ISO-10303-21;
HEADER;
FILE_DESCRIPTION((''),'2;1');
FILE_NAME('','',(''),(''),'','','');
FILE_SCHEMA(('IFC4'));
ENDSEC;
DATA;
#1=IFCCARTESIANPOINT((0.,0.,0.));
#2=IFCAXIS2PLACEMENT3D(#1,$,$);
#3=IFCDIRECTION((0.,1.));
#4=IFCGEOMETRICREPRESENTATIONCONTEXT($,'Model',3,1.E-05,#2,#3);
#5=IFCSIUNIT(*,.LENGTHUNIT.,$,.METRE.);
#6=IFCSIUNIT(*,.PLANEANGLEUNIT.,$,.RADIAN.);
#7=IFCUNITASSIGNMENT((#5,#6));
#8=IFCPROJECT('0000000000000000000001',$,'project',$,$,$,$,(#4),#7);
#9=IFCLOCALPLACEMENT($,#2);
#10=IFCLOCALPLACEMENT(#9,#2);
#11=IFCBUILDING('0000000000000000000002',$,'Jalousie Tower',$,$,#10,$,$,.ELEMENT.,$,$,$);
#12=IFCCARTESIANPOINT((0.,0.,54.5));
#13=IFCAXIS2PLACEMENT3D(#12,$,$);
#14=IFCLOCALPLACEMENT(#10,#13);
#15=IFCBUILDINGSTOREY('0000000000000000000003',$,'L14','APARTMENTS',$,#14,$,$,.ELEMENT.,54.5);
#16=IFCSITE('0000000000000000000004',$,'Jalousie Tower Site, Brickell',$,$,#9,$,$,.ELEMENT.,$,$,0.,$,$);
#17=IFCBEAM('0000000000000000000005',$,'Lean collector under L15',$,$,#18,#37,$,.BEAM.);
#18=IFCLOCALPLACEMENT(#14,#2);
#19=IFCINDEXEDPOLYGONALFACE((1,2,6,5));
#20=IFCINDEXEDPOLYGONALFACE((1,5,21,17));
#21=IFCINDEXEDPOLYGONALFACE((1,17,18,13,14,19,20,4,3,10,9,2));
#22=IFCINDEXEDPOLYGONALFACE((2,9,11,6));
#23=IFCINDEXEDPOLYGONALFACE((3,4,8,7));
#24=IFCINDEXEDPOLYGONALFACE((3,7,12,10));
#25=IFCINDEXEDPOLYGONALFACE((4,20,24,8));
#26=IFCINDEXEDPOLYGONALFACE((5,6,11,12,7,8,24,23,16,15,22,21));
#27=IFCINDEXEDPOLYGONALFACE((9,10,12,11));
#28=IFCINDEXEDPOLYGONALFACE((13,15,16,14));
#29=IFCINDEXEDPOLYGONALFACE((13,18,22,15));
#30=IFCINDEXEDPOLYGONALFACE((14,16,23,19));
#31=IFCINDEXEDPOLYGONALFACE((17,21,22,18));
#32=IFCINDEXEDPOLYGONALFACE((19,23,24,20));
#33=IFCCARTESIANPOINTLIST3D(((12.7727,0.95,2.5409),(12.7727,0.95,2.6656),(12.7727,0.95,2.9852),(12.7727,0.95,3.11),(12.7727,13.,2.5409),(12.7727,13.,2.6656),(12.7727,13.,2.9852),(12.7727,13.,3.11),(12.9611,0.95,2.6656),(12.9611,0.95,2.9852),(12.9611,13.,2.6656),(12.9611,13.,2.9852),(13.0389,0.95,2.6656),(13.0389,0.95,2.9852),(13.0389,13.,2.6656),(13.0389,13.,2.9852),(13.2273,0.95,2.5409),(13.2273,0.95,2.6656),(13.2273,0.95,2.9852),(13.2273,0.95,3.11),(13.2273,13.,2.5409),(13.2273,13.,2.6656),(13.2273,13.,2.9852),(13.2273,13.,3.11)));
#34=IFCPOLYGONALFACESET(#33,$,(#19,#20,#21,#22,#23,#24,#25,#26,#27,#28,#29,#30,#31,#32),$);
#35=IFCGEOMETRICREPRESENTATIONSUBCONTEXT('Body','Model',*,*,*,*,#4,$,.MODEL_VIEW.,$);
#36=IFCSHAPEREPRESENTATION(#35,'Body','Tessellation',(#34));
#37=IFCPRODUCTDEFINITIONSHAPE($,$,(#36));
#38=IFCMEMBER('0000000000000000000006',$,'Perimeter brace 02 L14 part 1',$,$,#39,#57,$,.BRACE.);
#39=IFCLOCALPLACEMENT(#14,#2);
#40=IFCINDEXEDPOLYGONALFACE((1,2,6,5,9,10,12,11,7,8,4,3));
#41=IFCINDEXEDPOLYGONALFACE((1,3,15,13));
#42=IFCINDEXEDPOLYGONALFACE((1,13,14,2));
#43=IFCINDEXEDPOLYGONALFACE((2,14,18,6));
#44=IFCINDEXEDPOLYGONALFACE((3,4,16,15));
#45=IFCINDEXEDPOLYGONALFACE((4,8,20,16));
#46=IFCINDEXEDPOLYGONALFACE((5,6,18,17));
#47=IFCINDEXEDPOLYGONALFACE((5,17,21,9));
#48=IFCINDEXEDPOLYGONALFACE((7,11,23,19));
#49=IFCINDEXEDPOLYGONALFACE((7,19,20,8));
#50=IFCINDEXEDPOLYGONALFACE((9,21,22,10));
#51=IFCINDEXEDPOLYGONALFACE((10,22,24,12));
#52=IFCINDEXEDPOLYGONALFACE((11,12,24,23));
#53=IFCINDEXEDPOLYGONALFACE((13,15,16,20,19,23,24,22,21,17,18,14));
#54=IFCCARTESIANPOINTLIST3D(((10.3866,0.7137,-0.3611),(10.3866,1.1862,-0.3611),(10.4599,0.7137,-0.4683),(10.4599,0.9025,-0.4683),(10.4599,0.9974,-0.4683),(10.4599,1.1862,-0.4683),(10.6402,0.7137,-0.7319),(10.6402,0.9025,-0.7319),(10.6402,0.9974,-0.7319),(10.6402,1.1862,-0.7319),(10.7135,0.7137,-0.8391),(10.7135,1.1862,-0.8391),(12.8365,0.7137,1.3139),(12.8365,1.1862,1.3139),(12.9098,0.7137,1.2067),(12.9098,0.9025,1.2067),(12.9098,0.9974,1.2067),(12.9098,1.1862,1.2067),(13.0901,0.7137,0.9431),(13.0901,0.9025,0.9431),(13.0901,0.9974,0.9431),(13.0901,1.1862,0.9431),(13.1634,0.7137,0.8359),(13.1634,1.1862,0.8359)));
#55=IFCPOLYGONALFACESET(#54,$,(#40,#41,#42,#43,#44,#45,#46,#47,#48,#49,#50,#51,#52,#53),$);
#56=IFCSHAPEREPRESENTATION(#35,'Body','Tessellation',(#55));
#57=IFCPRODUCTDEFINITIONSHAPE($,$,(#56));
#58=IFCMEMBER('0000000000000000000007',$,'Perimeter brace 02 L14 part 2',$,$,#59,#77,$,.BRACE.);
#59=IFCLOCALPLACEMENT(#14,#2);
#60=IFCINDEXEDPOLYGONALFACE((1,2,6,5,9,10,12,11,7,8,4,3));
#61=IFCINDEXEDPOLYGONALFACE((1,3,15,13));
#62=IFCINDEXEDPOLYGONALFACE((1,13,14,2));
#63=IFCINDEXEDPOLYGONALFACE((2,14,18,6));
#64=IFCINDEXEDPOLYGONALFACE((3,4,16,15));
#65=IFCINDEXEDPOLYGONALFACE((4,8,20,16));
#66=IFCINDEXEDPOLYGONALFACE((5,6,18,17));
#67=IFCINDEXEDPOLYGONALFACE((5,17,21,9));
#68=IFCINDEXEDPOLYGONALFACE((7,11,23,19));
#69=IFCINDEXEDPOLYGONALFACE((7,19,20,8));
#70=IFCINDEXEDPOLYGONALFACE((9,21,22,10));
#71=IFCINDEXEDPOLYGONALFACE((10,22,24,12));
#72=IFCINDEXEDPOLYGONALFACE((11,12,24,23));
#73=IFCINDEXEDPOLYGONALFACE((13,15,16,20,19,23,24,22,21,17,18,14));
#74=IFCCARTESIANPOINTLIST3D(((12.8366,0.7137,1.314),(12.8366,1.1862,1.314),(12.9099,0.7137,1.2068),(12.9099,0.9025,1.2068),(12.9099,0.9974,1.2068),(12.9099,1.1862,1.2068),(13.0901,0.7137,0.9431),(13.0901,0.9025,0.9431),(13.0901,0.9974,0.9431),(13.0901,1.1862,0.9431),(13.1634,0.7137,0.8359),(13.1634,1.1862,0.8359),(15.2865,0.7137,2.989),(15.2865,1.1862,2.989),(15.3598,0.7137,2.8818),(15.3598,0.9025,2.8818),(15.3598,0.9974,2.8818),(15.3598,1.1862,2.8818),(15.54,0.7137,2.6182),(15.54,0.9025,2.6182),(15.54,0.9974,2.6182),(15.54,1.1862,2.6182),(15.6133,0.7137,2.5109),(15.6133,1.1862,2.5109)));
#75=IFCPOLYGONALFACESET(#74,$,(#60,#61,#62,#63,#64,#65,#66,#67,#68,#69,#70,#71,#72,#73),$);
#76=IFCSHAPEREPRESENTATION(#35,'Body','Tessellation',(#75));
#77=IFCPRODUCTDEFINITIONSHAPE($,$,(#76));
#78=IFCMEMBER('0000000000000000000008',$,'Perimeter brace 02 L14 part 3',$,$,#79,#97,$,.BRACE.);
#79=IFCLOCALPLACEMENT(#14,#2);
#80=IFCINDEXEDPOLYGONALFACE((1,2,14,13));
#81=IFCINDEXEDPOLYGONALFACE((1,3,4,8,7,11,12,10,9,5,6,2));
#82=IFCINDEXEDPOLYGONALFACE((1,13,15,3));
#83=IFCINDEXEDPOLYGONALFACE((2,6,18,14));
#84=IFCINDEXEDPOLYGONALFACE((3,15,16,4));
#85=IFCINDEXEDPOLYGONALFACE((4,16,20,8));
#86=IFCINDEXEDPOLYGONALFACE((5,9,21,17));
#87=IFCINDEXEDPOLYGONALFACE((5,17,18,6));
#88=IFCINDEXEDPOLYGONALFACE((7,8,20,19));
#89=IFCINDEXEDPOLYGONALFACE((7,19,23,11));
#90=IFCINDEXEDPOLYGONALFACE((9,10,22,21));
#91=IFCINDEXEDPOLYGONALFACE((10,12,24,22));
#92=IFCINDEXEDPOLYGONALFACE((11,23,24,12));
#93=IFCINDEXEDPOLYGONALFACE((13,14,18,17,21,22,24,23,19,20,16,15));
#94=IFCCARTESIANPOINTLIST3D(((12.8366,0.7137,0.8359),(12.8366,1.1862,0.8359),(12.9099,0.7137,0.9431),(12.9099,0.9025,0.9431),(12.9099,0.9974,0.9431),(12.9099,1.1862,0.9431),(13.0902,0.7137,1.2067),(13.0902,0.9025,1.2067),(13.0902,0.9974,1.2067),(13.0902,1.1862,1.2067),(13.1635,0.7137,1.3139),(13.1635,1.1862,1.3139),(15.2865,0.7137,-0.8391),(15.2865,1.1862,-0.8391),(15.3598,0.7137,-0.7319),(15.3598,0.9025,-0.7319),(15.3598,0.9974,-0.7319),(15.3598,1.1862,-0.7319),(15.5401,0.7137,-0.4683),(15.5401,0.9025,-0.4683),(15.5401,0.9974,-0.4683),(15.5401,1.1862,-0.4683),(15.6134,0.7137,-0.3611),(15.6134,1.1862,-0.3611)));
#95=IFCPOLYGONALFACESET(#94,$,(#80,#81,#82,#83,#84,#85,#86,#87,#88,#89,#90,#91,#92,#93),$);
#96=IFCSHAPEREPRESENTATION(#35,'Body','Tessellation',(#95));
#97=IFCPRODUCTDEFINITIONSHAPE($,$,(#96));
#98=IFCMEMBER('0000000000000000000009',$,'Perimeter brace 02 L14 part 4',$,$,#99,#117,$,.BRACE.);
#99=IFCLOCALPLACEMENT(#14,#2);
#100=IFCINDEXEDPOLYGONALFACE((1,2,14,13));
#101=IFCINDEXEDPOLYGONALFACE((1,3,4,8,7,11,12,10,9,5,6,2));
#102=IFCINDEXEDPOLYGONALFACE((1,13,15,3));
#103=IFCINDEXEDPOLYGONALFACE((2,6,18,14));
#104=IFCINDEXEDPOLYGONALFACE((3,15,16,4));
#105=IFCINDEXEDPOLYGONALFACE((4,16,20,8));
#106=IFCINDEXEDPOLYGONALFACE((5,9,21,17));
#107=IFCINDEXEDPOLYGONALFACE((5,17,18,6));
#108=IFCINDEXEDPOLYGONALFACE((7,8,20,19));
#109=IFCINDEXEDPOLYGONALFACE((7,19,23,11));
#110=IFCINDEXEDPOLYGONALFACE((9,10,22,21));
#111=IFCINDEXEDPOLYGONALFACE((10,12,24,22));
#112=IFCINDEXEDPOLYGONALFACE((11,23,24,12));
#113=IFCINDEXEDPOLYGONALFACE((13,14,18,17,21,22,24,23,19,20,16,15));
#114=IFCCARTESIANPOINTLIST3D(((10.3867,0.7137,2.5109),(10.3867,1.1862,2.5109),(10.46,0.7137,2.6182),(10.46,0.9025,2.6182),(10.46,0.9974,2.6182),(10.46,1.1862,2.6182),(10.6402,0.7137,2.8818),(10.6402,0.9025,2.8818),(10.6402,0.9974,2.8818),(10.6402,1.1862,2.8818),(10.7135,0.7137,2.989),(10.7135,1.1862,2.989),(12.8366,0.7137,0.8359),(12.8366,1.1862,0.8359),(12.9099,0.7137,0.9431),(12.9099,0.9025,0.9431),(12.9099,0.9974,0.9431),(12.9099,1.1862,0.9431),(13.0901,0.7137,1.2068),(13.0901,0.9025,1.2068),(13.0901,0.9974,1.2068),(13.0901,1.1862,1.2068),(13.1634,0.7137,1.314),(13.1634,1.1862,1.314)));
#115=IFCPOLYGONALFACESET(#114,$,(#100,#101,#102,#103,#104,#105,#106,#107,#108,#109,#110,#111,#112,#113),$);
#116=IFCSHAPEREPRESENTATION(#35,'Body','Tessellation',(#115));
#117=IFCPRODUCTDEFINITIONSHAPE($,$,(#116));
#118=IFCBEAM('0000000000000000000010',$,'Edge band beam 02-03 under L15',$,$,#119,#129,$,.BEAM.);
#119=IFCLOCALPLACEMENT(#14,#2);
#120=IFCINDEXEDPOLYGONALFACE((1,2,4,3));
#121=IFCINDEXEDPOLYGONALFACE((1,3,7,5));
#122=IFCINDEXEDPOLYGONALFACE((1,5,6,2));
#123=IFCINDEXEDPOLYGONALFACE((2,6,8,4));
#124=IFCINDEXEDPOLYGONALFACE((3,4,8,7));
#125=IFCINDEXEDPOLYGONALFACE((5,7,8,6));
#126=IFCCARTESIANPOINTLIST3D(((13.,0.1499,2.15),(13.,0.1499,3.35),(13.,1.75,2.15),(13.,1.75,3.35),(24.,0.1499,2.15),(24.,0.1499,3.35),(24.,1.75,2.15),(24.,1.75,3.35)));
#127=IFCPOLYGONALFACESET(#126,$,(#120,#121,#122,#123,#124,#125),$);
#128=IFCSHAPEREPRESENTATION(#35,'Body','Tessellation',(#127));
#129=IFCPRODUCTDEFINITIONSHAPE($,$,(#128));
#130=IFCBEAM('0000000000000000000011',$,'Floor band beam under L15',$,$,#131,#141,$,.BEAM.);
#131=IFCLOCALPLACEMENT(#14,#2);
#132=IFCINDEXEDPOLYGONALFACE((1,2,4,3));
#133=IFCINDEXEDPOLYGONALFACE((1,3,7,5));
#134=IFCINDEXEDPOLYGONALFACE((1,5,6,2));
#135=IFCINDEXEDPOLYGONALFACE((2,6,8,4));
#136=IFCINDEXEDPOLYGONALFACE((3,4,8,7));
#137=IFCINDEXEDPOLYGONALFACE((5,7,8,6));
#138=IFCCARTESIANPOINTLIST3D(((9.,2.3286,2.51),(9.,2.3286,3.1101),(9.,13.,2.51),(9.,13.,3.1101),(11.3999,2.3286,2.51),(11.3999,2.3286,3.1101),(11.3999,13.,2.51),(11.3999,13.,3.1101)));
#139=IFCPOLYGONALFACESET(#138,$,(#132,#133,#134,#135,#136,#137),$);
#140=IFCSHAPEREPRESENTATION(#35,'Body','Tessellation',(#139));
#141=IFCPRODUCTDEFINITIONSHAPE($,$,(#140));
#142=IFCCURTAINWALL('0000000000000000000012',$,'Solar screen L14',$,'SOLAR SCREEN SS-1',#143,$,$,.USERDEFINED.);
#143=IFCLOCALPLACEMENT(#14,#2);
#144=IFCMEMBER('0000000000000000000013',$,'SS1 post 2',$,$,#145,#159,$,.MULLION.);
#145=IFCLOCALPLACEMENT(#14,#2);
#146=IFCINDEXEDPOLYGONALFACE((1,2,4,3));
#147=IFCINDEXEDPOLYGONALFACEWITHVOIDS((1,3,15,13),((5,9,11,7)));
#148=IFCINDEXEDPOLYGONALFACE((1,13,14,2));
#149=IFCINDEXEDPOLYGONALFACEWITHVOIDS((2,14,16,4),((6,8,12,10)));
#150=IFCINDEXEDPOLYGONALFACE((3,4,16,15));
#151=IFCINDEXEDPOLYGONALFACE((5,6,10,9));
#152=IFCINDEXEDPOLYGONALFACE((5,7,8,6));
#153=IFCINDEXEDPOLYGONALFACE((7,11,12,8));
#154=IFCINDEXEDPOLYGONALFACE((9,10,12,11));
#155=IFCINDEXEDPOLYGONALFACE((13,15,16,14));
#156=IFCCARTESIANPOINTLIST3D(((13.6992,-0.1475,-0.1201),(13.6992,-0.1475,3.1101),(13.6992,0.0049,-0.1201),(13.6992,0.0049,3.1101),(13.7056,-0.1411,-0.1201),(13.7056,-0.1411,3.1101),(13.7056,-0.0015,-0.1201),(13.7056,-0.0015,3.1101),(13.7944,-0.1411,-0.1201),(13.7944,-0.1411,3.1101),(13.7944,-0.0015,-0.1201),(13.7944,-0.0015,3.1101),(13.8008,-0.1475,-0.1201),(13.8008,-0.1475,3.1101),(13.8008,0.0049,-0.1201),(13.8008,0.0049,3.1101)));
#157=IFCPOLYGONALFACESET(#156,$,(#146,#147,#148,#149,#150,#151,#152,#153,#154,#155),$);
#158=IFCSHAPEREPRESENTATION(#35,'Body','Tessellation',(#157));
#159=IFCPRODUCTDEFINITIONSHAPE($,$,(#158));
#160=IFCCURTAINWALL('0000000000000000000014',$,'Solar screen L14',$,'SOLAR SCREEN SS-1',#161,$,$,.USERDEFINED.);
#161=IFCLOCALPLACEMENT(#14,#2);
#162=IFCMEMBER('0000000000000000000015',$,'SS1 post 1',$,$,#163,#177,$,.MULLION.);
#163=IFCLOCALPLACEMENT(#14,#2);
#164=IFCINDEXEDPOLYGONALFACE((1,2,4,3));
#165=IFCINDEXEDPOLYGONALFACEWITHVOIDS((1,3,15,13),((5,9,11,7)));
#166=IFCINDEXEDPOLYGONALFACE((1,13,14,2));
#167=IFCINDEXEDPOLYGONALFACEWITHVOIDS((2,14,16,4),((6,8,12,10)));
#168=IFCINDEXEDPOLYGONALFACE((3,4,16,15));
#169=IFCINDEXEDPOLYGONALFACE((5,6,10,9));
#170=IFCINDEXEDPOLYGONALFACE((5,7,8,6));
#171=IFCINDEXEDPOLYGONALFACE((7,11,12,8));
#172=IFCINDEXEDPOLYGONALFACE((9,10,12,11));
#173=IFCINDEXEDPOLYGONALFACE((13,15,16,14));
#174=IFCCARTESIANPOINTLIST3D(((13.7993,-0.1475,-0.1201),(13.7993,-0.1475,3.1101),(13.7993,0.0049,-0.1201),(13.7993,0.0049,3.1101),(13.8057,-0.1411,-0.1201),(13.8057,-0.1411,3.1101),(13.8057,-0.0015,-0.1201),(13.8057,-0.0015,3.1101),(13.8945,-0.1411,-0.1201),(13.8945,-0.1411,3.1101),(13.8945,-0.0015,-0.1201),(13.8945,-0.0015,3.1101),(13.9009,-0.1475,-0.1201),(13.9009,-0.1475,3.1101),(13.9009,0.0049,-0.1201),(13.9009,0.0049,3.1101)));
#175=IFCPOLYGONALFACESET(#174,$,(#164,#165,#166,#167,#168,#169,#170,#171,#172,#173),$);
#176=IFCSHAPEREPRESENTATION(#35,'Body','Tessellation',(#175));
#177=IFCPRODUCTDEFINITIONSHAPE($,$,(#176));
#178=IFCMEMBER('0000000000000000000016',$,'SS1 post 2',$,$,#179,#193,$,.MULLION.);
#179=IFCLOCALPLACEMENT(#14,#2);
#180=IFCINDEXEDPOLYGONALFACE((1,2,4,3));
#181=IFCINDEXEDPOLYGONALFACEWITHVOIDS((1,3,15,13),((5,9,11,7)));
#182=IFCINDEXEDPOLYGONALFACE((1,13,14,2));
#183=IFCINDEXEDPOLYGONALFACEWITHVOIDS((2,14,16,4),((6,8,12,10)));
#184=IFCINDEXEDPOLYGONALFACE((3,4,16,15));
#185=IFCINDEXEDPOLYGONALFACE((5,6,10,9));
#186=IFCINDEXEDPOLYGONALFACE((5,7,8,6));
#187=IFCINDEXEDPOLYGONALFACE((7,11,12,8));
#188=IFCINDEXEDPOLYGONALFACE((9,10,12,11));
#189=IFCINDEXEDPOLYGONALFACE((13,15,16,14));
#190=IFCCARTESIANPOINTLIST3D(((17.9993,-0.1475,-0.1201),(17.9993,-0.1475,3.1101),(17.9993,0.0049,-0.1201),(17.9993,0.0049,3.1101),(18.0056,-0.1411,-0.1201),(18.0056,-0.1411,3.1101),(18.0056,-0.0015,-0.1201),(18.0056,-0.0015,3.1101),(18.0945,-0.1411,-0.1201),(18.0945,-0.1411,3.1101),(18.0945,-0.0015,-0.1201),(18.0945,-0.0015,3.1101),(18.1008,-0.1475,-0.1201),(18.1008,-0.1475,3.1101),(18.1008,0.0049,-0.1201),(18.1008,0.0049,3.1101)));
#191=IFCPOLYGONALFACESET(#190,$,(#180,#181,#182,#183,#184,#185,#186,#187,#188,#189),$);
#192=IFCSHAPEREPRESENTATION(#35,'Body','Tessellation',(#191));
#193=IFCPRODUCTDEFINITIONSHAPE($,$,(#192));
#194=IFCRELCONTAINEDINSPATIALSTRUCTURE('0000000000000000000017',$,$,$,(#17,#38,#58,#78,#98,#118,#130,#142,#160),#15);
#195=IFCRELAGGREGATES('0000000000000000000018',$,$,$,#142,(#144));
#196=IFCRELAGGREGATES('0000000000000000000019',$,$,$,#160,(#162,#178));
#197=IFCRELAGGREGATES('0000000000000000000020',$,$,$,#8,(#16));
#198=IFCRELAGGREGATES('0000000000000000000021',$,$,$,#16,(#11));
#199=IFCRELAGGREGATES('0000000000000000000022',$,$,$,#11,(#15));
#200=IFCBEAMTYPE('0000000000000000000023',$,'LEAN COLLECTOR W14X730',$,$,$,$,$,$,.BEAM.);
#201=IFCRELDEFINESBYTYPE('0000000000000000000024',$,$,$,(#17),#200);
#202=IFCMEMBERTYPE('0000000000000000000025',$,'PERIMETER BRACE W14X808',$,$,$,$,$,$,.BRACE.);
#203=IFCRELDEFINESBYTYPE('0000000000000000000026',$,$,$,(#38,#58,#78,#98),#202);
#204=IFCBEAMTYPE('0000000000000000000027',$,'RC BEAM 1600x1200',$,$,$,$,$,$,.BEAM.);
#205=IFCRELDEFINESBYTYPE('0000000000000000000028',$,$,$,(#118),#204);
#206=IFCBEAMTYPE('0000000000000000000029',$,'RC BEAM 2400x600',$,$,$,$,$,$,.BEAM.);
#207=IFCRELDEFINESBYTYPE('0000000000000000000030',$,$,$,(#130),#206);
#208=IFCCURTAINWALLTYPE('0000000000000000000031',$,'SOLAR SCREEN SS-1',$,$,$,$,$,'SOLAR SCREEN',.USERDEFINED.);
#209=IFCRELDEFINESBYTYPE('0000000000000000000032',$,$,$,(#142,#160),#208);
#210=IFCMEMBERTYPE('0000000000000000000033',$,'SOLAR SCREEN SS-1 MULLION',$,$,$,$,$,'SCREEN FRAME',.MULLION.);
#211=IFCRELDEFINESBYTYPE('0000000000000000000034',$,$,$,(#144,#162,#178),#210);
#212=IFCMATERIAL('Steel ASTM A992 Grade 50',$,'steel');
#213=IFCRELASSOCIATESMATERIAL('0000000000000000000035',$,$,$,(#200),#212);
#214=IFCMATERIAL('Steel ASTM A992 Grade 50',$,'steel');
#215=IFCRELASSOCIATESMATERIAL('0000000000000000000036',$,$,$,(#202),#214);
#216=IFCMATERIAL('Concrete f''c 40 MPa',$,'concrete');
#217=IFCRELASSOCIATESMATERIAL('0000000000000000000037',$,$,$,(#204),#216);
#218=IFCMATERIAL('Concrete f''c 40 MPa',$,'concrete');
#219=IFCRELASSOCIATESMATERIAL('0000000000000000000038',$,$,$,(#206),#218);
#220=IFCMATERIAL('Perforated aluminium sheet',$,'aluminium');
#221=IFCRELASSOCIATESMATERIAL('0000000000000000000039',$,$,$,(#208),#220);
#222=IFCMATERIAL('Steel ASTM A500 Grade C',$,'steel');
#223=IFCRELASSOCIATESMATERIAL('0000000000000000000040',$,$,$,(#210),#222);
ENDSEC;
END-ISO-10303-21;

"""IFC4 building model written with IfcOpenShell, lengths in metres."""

from ifc_helpers import new_model, si_unit, direction, frame, origin, origin_2d, place, context, subcontext, project, spatial, rectangle, hollow_rectangle, i_section, extrude, material, material_profile, profile_set, type_object, element, aggregate, save


model = new_model("IFC4")

# Units and contexts
model_context = context("Model", 3, precision=1e-05, world=origin(), true_north=direction((0.0, 1.0)))
body_context = subcontext(model_context, "Body", "Model", "MODEL_VIEW")
ifc_project = project(units=[si_unit("LENGTHUNIT", "METRE"), si_unit("PLANEANGLEUNIT", "RADIAN")], contexts=[model_context])

# Site, building, storey
site_placement = place(None, origin())
site = spatial("IfcSite", under=ifc_project, at=site_placement, Name="Jalousie Tower Site, Brickell", CompositionType="ELEMENT", RefElevation=0.0)
building_placement = place(site_placement, origin())
building = spatial("IfcBuilding", under=site, at=building_placement, Name="Jalousie Tower", CompositionType="ELEMENT")
storey_placement = place(building_placement, frame((0.0, 0.0, 54.5)))
storey = spatial("IfcBuildingStorey", under=building, at=storey_placement, Name="L14", Description="APARTMENTS", CompositionType="ELEMENT", Elevation=54.5)

# Beam
ifc_material_1 = material(Name="Steel ASTM A992 Grade 50", Category="steel")
ifc_material_profile_1 = material_profile(ifc_material_1, i_section(OverallWidth=0.4546, OverallDepth=0.5691, WebThickness=0.0779, FlangeThickness=0.1248, at=origin_2d()), Name="W14X730")
ifc_profile_set_1 = profile_set([ifc_material_profile_1], Name="Steel ASTM A992 Grade 50")
beam_type_1 = type_object("IfcBeamType", Name="LEAN COLLECTOR W14X730", PredefinedType="BEAM", material=ifc_profile_set_1)
beam_1_placement = place(storey_placement, frame((13.0, 0.95, 2.8254), z_axis=(0.0, 1.0, 0.0), x_axis=(-1.0, 0.0, 0.0)))
element("IfcBeam", 1, at=beam_1_placement, inside=storey, type_object=beam_type_1, Name="Lean collector under L15", PredefinedType="BEAM", context=body_context, shape_type="SweptSolid", body=[
    extrude(i_section(OverallWidth=0.4546, OverallDepth=0.5691, WebThickness=0.0779, FlangeThickness=0.1248, at=origin_2d()), origin(), (0.0, 0.0, 1.0), 12.05),
])

# Members
ifc_material_2 = material(Name="Steel ASTM A992 Grade 50", Category="steel")
ifc_material_profile_2 = material_profile(ifc_material_2, i_section(OverallWidth=0.4724, OverallDepth=0.5791, WebThickness=0.095, FlangeThickness=0.1299, at=origin_2d()), Name="W14X808")
ifc_profile_set_2 = profile_set([ifc_material_profile_2], Name="Steel ASTM A992 Grade 50")
member_type_1 = type_object("IfcMemberType", Name="PERIMETER BRACE W14X808", PredefinedType="BRACE", material=ifc_profile_set_2)
for number, where, z_axis, x_axis, name in (
    (2, (10.55, 0.95, -0.6001), (0.825501, 0.0, 0.564401), (0.0, 1.0, 0.0), "Perimeter brace 02 L14 part 1"),
    (3, (13.0, 0.95, 1.075), (0.825501, 0.0, 0.564401), (0.0, 1.0, 0.0), "Perimeter brace 02 L14 part 2"),
    (4, (15.45, 0.95, -0.6001), (-0.825501, 0.0, 0.564401), (0.0, -1.0, 0.0), "Perimeter brace 02 L14 part 3"),
    (5, (13.0, 0.95, 1.075), (-0.825501, 0.0, 0.564401), (0.0, -1.0, 0.0), "Perimeter brace 02 L14 part 4"),
):
    element("IfcMember", number, at=place(storey_placement, frame(where, z_axis=z_axis, x_axis=x_axis)), inside=storey, type_object=member_type_1, Name=name, PredefinedType="BRACE", context=body_context, shape_type="SweptSolid", body=[
        extrude(i_section(OverallWidth=0.4724, OverallDepth=0.5791, WebThickness=0.095, FlangeThickness=0.1299, at=origin_2d()), origin(), (0.0, 0.0, 1.0), 2.9678),
    ])

# Beams
ifc_material_3 = material(Name="Concrete f'c 40 MPa", Category="concrete")
ifc_material_profile_3 = material_profile(ifc_material_3, rectangle(XDim=1.6001, YDim=1.2, at=origin_2d()), Name="RC 1600x1200")
ifc_profile_set_3 = profile_set([ifc_material_profile_3], Name="Concrete f'c 40 MPa")
beam_type_2 = type_object("IfcBeamType", Name="RC BEAM 1600x1200", PredefinedType="BEAM", material=ifc_profile_set_3)
beam_2_placement = place(storey_placement, frame((13.0, 0.95, 2.75), z_axis=(1.0, 0.0, 0.0), x_axis=(0.0, 1.0, 0.0)))
element("IfcBeam", 6, at=beam_2_placement, inside=storey, type_object=beam_type_2, Name="Edge band beam 02-03 under L15", PredefinedType="BEAM", context=body_context, shape_type="SweptSolid", body=[
    extrude(rectangle(XDim=1.6001, YDim=1.2, at=origin_2d()), origin(), (0.0, 0.0, 1.0), 11.0),
])
ifc_material_4 = material(Name="Concrete f'c 40 MPa", Category="concrete")
ifc_material_profile_4 = material_profile(ifc_material_4, rectangle(XDim=2.3999, YDim=0.6001, at=origin_2d()), Name="RC 2400x600")
ifc_profile_set_4 = profile_set([ifc_material_profile_4], Name="Concrete f'c 40 MPa")
beam_type_3 = type_object("IfcBeamType", Name="RC BEAM 2400x600", PredefinedType="BEAM", material=ifc_profile_set_4)
beam_3_placement = place(storey_placement, frame((10.2, 13.0, 2.8101), z_axis=(0.0, -1.0, 0.0), x_axis=(1.0, 0.0, 0.0)))
element("IfcBeam", 7, at=beam_3_placement, inside=storey, type_object=beam_type_3, Name="Floor band beam under L15", PredefinedType="BEAM", context=body_context, shape_type="SweptSolid", body=[
    extrude(rectangle(XDim=2.3999, YDim=0.6001, at=origin_2d()), origin(), (0.0, 0.0, 1.0), 10.6714),
])

# Curtain wall, member
ifc_material_5 = material(Name="Perforated aluminium sheet", Category="aluminium")
curtain_wall_type = type_object("IfcCurtainWallType", Name="SOLAR SCREEN SS-1", ElementType="SOLAR SCREEN", PredefinedType="USERDEFINED", material=ifc_material_5)
curtain_wall_1_placement = place(storey_placement, origin())
curtain_wall_1 = element("IfcCurtainWall", 8, at=curtain_wall_1_placement, inside=storey, type_object=curtain_wall_type, Name="Solar screen L14", ObjectType="SOLAR SCREEN SS-1", PredefinedType="USERDEFINED")
ifc_material_6 = material(Name="Steel ASTM A500 Grade C", Category="steel")
ifc_material_profile_5 = material_profile(ifc_material_6, hollow_rectangle(XDim=0.1016, YDim=0.1523, WallThickness=0.0063, at=origin_2d()), Name="HSS6X4X1/4")
ifc_profile_set_5 = profile_set([ifc_material_profile_5], Name="Steel ASTM A500 Grade C")
member_type_2 = type_object("IfcMemberType", Name="SOLAR SCREEN SS-1 MULLION", ElementType="SCREEN FRAME", PredefinedType="MULLION", material=ifc_profile_set_5)
member_1_placement = place(storey_placement, frame((13.75, -0.0713, -0.1201), z_axis=(0.0, 0.0, 1.0), x_axis=(1.0, 0.0, 0.0)))
member_1 = element("IfcMember", 9, at=member_1_placement, type_object=member_type_2, Name="SS1 post 2", PredefinedType="MULLION", context=body_context, shape_type="SweptSolid", body=[
    extrude(hollow_rectangle(XDim=0.1016, YDim=0.1523, WallThickness=0.0063, at=origin_2d()), origin(), (0.0, 0.0, 1.0), 3.2302),
])
aggregate(curtain_wall_1, [member_1])

# Curtain wall, members
curtain_wall_2_placement = place(storey_placement, origin())
curtain_wall_2 = element("IfcCurtainWall", 10, at=curtain_wall_2_placement, inside=storey, type_object=curtain_wall_type, Name="Solar screen L14", ObjectType="SOLAR SCREEN SS-1", PredefinedType="USERDEFINED")
member_2_placement = place(storey_placement, frame((13.8501, -0.0713, -0.1201), z_axis=(0.0, 0.0, 1.0), x_axis=(1.0, 0.0, 0.0)))
member_2 = element("IfcMember", 11, at=member_2_placement, type_object=member_type_2, Name="SS1 post 1", PredefinedType="MULLION", context=body_context, shape_type="SweptSolid", body=[
    extrude(hollow_rectangle(XDim=0.1016, YDim=0.1523, WallThickness=0.0063, at=origin_2d()), origin(), (0.0, 0.0, 1.0), 3.2302),
])
member_3_placement = place(storey_placement, frame((18.05, -0.0713, -0.1201), z_axis=(0.0, 0.0, 1.0), x_axis=(1.0, 0.0, 0.0)))
member_3 = element("IfcMember", 12, at=member_3_placement, type_object=member_type_2, Name="SS1 post 2", PredefinedType="MULLION", context=body_context, shape_type="SweptSolid", body=[
    extrude(hollow_rectangle(XDim=0.1016, YDim=0.1523, WallThickness=0.0063, at=origin_2d()), origin(), (0.0, 0.0, 1.0), 3.2302),
])

aggregate(curtain_wall_2, [member_2, member_3])

save(model, "model.ifc")
